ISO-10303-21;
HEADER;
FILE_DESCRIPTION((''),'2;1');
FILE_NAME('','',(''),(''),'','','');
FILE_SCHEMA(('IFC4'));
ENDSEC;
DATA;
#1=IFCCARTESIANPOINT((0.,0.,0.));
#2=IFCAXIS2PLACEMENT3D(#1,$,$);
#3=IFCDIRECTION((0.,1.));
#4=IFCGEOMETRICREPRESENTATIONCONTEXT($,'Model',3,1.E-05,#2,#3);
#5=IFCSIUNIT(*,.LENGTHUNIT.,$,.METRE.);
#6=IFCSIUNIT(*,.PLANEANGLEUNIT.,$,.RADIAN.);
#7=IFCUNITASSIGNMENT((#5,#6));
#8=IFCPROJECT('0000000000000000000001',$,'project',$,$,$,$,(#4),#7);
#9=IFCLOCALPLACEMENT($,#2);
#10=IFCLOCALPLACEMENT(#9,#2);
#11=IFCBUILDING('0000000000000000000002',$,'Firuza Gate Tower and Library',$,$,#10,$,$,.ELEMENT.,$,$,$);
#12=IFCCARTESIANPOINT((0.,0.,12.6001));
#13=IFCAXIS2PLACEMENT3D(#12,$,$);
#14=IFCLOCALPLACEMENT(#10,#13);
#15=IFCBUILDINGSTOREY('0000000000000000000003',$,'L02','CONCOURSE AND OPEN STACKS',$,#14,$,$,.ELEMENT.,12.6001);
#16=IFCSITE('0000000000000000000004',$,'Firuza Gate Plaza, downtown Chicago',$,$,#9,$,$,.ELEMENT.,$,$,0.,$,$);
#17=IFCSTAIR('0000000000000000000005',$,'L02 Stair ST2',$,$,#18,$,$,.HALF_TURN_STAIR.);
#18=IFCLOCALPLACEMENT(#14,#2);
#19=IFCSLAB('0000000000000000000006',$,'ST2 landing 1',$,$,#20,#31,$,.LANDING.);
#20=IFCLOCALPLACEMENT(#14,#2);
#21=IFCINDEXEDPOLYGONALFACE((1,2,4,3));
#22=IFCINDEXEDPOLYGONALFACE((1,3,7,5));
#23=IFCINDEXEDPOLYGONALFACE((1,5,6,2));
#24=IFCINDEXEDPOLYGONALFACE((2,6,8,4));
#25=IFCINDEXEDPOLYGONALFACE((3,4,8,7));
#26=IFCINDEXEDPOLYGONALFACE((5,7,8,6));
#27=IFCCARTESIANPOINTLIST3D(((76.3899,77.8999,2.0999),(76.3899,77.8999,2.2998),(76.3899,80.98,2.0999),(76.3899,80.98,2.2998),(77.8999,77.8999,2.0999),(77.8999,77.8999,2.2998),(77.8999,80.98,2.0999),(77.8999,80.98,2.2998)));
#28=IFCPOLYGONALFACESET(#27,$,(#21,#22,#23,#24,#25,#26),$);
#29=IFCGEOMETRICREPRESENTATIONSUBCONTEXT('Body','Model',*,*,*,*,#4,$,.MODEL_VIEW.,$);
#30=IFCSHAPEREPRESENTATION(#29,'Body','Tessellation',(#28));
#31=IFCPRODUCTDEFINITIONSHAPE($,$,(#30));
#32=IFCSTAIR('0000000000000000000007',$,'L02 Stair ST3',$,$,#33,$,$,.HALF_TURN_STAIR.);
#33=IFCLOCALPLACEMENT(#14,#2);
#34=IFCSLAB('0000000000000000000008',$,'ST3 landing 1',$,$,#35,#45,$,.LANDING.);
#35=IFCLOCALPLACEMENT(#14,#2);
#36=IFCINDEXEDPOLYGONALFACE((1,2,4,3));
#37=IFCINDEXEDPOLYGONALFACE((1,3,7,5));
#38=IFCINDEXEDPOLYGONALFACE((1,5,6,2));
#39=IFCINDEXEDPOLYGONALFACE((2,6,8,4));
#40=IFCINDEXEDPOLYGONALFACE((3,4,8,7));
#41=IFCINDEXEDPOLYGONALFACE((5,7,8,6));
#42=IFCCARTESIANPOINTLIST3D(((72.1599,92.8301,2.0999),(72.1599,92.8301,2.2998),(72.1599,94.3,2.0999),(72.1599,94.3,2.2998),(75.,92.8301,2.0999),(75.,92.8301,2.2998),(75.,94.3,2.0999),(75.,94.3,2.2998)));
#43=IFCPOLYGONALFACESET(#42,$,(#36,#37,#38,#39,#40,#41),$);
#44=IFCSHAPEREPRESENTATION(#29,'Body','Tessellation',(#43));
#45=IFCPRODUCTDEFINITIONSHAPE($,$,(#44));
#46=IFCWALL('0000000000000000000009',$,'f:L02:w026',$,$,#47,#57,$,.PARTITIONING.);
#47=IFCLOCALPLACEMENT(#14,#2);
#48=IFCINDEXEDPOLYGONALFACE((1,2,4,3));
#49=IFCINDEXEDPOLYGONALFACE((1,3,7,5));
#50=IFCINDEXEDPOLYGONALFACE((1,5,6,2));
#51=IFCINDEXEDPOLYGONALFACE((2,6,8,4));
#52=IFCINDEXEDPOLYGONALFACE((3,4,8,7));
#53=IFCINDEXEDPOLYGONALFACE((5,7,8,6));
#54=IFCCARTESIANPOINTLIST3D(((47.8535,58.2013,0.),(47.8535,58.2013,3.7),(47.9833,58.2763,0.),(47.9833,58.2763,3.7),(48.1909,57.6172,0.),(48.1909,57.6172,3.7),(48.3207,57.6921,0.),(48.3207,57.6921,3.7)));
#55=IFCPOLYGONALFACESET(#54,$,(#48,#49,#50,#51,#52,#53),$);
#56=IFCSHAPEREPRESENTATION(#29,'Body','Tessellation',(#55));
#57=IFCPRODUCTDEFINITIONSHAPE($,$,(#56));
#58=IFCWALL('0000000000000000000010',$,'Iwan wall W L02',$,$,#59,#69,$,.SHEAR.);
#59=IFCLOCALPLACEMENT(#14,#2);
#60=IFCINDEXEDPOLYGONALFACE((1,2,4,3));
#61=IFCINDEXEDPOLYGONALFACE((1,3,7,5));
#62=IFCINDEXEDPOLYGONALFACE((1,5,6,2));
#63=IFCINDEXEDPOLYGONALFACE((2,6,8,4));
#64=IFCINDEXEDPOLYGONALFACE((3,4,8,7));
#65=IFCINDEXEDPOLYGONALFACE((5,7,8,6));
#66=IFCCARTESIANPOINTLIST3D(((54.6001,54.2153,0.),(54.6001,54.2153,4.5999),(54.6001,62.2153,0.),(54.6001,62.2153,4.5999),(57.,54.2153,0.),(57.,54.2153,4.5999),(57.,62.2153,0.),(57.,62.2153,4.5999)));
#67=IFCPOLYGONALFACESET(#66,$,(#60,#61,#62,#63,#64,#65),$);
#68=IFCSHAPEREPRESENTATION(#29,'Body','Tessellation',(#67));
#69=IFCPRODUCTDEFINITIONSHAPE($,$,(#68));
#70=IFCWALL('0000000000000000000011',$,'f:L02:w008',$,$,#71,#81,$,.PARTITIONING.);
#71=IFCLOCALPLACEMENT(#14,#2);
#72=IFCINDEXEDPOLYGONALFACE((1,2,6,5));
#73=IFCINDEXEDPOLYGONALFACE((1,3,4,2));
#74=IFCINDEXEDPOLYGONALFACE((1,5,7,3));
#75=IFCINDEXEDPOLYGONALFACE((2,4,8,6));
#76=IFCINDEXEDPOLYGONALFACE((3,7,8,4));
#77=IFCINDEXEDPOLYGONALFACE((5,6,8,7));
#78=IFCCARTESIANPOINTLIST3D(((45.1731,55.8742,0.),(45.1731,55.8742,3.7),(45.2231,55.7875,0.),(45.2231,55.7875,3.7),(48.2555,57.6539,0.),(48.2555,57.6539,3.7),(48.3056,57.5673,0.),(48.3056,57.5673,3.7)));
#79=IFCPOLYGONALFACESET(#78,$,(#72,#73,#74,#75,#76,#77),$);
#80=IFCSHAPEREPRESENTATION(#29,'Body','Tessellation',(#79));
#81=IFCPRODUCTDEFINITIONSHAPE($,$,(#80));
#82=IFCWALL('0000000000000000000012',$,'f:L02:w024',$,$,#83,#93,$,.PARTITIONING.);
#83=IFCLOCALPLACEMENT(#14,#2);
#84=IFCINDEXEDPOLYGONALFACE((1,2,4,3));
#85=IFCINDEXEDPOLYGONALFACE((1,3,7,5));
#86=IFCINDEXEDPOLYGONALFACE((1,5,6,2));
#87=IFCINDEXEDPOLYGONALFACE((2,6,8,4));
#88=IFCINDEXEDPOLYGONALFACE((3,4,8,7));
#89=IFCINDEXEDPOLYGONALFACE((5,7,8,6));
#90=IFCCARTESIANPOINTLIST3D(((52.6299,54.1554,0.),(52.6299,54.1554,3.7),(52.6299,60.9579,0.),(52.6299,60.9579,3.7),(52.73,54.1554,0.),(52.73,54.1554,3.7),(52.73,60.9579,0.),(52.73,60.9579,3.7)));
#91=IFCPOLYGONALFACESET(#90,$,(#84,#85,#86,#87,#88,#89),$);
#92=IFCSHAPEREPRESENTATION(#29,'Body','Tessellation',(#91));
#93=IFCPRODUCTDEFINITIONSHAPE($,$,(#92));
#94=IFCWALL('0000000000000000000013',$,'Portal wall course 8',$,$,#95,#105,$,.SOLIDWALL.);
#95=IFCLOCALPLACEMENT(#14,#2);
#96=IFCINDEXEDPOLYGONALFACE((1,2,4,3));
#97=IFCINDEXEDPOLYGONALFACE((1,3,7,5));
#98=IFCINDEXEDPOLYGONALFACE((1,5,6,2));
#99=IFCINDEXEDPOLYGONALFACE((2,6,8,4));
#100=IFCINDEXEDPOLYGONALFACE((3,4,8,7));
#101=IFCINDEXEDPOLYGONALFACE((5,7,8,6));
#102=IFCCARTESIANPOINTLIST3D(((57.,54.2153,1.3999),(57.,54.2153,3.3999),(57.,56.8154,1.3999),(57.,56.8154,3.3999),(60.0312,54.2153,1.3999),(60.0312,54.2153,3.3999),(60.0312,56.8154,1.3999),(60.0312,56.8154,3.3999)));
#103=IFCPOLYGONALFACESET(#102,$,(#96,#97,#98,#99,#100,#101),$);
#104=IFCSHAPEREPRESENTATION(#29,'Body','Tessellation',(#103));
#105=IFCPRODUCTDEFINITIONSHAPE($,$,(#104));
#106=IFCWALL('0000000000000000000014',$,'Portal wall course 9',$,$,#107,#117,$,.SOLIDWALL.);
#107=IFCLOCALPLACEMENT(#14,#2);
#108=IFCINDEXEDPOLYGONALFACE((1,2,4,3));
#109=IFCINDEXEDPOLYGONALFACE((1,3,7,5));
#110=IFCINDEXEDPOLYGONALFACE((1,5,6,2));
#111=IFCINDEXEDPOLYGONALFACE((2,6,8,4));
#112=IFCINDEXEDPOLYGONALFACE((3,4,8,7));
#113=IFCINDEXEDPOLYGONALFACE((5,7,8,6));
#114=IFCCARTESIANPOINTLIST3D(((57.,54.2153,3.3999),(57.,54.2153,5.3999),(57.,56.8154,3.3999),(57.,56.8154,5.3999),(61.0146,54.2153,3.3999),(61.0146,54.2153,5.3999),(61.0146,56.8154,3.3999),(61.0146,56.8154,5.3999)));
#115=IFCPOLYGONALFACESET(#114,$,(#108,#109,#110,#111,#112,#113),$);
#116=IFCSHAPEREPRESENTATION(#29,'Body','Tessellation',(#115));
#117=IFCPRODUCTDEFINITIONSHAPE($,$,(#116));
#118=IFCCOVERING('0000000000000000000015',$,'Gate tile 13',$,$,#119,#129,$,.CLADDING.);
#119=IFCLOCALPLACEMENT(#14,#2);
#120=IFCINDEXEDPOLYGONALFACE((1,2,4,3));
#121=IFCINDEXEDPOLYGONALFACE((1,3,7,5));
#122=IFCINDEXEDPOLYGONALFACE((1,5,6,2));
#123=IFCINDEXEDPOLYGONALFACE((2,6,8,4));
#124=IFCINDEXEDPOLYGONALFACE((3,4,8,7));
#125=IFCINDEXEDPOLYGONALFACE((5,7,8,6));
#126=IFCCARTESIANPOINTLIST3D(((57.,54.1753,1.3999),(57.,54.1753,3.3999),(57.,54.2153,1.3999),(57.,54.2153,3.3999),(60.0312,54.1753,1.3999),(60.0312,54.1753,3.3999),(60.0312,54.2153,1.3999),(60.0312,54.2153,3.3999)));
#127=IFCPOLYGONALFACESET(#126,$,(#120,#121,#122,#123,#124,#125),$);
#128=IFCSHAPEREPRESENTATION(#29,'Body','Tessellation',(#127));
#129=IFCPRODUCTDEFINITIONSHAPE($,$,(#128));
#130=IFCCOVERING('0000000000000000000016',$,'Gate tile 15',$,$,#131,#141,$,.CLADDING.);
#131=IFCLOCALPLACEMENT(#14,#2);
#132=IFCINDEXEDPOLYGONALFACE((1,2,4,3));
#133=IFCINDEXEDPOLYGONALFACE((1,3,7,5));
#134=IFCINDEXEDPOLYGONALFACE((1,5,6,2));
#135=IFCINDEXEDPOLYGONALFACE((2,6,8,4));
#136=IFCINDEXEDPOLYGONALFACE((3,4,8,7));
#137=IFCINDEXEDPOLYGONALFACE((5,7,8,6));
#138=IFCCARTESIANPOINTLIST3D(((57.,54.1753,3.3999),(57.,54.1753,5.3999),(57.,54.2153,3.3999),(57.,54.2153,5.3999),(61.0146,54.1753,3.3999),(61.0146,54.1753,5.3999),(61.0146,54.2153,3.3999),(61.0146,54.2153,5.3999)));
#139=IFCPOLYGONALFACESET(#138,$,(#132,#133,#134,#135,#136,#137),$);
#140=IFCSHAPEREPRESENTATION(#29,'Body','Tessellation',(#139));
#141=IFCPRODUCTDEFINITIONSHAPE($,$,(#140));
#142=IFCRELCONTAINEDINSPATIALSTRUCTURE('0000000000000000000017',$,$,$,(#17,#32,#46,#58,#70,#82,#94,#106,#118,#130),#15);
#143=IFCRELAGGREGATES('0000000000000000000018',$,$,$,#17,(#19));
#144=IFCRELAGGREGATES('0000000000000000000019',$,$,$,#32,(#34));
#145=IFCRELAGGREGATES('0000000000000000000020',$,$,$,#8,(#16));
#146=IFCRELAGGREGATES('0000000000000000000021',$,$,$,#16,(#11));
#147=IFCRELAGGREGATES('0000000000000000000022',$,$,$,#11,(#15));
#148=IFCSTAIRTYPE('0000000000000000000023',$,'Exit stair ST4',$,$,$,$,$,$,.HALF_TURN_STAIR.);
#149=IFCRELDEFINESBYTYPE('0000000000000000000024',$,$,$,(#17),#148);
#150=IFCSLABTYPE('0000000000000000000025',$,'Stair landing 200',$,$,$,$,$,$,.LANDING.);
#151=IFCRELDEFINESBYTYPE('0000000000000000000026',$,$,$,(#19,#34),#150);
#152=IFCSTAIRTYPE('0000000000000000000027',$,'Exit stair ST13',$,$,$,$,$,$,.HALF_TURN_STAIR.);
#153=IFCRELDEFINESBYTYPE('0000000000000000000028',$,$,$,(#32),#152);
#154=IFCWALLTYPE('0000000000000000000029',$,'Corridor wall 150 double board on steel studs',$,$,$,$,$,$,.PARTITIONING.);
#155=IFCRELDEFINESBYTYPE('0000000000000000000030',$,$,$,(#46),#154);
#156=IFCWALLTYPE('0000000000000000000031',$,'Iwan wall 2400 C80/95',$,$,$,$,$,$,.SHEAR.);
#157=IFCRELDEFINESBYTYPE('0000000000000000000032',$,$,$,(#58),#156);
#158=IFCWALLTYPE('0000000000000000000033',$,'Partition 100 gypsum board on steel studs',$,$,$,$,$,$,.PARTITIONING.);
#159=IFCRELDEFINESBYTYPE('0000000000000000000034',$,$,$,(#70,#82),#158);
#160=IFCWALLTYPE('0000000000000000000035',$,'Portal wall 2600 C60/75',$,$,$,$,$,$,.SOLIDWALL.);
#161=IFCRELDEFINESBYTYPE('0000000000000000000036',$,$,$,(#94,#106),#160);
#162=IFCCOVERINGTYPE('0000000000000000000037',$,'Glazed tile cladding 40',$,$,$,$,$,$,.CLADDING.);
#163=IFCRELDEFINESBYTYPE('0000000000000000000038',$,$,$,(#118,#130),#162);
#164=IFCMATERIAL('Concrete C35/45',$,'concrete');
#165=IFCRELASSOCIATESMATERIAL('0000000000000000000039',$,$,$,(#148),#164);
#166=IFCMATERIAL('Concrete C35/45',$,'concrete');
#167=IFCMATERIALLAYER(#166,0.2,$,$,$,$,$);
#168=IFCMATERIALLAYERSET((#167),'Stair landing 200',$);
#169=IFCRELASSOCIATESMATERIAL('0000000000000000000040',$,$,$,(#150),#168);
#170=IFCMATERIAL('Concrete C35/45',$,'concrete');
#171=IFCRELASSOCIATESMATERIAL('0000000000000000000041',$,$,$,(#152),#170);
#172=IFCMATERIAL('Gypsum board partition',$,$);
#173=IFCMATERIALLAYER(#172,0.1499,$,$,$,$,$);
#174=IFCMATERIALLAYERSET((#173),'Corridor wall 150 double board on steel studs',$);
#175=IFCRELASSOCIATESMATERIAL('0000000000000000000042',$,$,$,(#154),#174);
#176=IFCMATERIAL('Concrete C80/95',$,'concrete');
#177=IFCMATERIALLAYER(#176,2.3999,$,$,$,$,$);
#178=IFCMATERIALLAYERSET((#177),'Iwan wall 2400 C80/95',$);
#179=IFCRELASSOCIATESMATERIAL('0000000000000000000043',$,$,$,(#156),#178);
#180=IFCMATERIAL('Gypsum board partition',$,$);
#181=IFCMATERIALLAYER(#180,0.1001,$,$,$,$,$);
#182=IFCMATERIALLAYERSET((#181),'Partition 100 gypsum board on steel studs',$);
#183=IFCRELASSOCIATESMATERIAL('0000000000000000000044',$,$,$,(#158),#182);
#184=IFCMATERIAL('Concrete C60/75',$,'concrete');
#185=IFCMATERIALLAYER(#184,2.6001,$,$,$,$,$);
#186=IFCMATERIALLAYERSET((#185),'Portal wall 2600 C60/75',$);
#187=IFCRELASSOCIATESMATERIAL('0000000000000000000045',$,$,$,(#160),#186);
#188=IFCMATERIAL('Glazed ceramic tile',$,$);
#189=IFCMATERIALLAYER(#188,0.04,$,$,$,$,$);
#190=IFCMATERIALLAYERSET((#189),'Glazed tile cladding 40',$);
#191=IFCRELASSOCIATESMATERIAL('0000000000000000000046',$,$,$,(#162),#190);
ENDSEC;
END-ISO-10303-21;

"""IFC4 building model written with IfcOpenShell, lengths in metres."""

from ifc_helpers import new_model, si_unit, direction, frame, frame_2d, origin, place, context, subcontext, project, spatial, polyline, rectangle, outline, extrude, material, layer, layer_set, type_object, element, aggregate, save


model = new_model("IFC4")

# Units and contexts
model_context = context("Model", 3, precision=1e-05, world=origin(), true_north=direction((0.0, 1.0)))
body_context = subcontext(model_context, "Body", "Model", "MODEL_VIEW")
ifc_project = project(units=[si_unit("LENGTHUNIT", "METRE"), si_unit("PLANEANGLEUNIT", "RADIAN")], contexts=[model_context])

# Site, building, storey
site_placement = place(None, origin())
site = spatial("IfcSite", under=ifc_project, at=site_placement, Name="Firuza Gate Plaza, downtown Chicago", CompositionType="ELEMENT", RefElevation=0.0)
building_placement = place(site_placement, origin())
building = spatial("IfcBuilding", under=site, at=building_placement, Name="Firuza Gate Tower and Library", CompositionType="ELEMENT")
storey_placement = place(building_placement, frame((0.0, 0.0, 12.6001)))
storey = spatial("IfcBuildingStorey", under=building, at=storey_placement, Name="L02", Description="CONCOURSE AND OPEN STACKS", CompositionType="ELEMENT", Elevation=12.6001)

# Shared definitions
placement_1 = place(storey_placement, origin())

# Stairs, slabs
placement_2 = place(storey_placement, frame((0.0, 0.0, 2.0999)))
ifc_material_1 = material(Name="Concrete C35/45", Category="concrete")
stair_type_1 = type_object("IfcStairType", Name="Exit stair ST4", PredefinedType="HALF_TURN_STAIR", material=ifc_material_1)
ifc_material_2 = material(Name="Concrete C35/45", Category="concrete")
ifc_layer_1 = layer(ifc_material_2, 0.2)
ifc_layer_set_1 = layer_set([ifc_layer_1], Name="Stair landing 200")
slab_type_1 = type_object("IfcSlabType", Name="Stair landing 200", PredefinedType="LANDING", material=ifc_layer_set_1)
stair_1 = element("IfcStair", 1, at=placement_1, inside=storey, type_object=stair_type_1, Name="L02 Stair ST2", PredefinedType="HALF_TURN_STAIR")
slab_1 = element("IfcSlab", 2, at=placement_2, type_object=slab_type_1, Name="ST2 landing 1", PredefinedType="LANDING", context=body_context, shape_type="SweptSolid", body=[
    extrude(outline(polyline([(77.8999, 80.98), (76.3899, 80.98), (76.3899, 77.8999), (77.8999, 77.8999), (77.8999, 80.98)])), origin(), (0.0, 0.0, 1.0), 0.2),
])
aggregate(stair_1, [slab_1])
ifc_material_3 = material(Name="Concrete C35/45", Category="concrete")
stair_type_2 = type_object("IfcStairType", Name="Exit stair ST13", PredefinedType="HALF_TURN_STAIR", material=ifc_material_3)
stair_2 = element("IfcStair", 3, at=placement_1, inside=storey, type_object=stair_type_2, Name="L02 Stair ST3", PredefinedType="HALF_TURN_STAIR")
slab_2 = element("IfcSlab", 4, at=placement_2, type_object=slab_type_1, Name="ST3 landing 1", PredefinedType="LANDING", context=body_context, shape_type="SweptSolid", body=[
    extrude(outline(polyline([(75.0, 92.8301), (75.0, 94.3), (72.1599, 94.3), (72.1599, 92.8301), (75.0, 92.8301)])), origin(), (0.0, 0.0, 1.0), 0.2),
])
aggregate(stair_2, [slab_2])

# Walls
ifc_material_4 = material(Name="Gypsum board partition")
ifc_layer_2 = layer(ifc_material_4, 0.1499)
ifc_layer_set_2 = layer_set([ifc_layer_2], Name="Corridor wall 150 double board on steel studs")
wall_type_1 = type_object("IfcWallType", Name="Corridor wall 150 double board on steel studs", PredefinedType="PARTITIONING", material=ifc_layer_set_2)
wall_1_placement = place(storey_placement, frame((48.2559, 57.6545, 0.0), z_axis=(0.0, 0.0, 1.0), x_axis=(-0.500109, 0.865963, 0.0)))
element("IfcWall", 5, at=wall_1_placement, inside=storey, type_object=wall_type_1, Name="f:L02:w026", PredefinedType="PARTITIONING", context=body_context, shape_type="SweptSolid", body=[
    extrude(rectangle(XDim=0.6746, YDim=0.1499, at=frame_2d((0.3374, 0.0))), origin(), (0.0, 0.0, 1.0), 3.7),
])
ifc_material_5 = material(Name="Concrete C80/95", Category="concrete")
ifc_layer_3 = layer(ifc_material_5, 2.3999)
ifc_layer_set_3 = layer_set([ifc_layer_3], Name="Iwan wall 2400 C80/95")
wall_type_2 = type_object("IfcWallType", Name="Iwan wall 2400 C80/95", PredefinedType="SHEAR", material=ifc_layer_set_3)
wall_2_placement = place(storey_placement, frame((55.8, 54.2153, 0.0), z_axis=(0.0, 0.0, 1.0), x_axis=(0.0, 1.0, 0.0)))
element("IfcWall", 6, at=wall_2_placement, inside=storey, type_object=wall_type_2, Name="Iwan wall W L02", PredefinedType="SHEAR", context=body_context, shape_type="SweptSolid", body=[
    extrude(rectangle(XDim=8.0, YDim=2.3999, at=frame_2d((4.0, 0.0))), origin(), (0.0, 0.0, 1.0), 4.5999),
])
ifc_material_6 = material(Name="Gypsum board partition")
ifc_layer_4 = layer(ifc_material_6, 0.1001)
ifc_layer_set_4 = layer_set([ifc_layer_4], Name="Partition 100 gypsum board on steel studs")
wall_type_3 = type_object("IfcWallType", Name="Partition 100 gypsum board on steel studs", PredefinedType="PARTITIONING", material=ifc_layer_set_4)
wall_3_placement = place(storey_placement, frame((45.198, 55.8308, 0.0), z_axis=(0.0, 0.0, 1.0), x_axis=(0.866014, 0.500019, 0.0)))
element("IfcWall", 7, at=wall_3_placement, inside=storey, type_object=wall_type_3, Name="f:L02:w008", PredefinedType="PARTITIONING", context=body_context, shape_type="SweptSolid", body=[
    extrude(rectangle(XDim=3.5593, YDim=0.1001, at=frame_2d((1.7798, 0.0))), origin(), (0.0, 0.0, 1.0), 3.7),
])
wall_4_placement = place(storey_placement, frame((52.6799, 54.1553, 0.0), z_axis=(0.0, 0.0, 1.0), x_axis=(0.0, 1.0, 0.0)))
element("IfcWall", 8, at=wall_4_placement, inside=storey, type_object=wall_type_3, Name="f:L02:w024", PredefinedType="PARTITIONING", context=body_context, shape_type="SweptSolid", body=[
    extrude(rectangle(XDim=6.8025, YDim=0.1001, at=frame_2d((3.4014, 0.0))), origin(), (0.0, 0.0, 1.0), 3.7),
])
ifc_material_7 = material(Name="Concrete C60/75", Category="concrete")
ifc_layer_5 = layer(ifc_material_7, 2.6001)
ifc_layer_set_5 = layer_set([ifc_layer_5], Name="Portal wall 2600 C60/75")
wall_type_4 = type_object("IfcWallType", Name="Portal wall 2600 C60/75", PredefinedType="SOLIDWALL", material=ifc_layer_set_5)
wall_5_placement = place(storey_placement, frame((57.0, 55.5154, 1.3999), z_axis=(0.0, 0.0, 1.0), x_axis=(1.0, 0.0, 0.0)))
element("IfcWall", 9, at=wall_5_placement, inside=storey, type_object=wall_type_4, Name="Portal wall course 8", PredefinedType="SOLIDWALL", context=body_context, shape_type="SweptSolid", body=[
    extrude(rectangle(XDim=3.0312, YDim=2.6001, at=frame_2d((1.5156, 0.0))), origin(), (0.0, 0.0, 1.0), 2.0),
])
wall_6_placement = place(storey_placement, frame((57.0, 55.5154, 3.3999), z_axis=(0.0, 0.0, 1.0), x_axis=(1.0, 0.0, 0.0)))
element("IfcWall", 10, at=wall_6_placement, inside=storey, type_object=wall_type_4, Name="Portal wall course 9", PredefinedType="SOLIDWALL", context=body_context, shape_type="SweptSolid", body=[
    extrude(rectangle(XDim=4.0146, YDim=2.6001, at=frame_2d((2.0073, 0.0))), origin(), (0.0, 0.0, 1.0), 2.0),
])

# Coverings
ifc_material_8 = material(Name="Glazed ceramic tile")
ifc_layer_6 = layer(ifc_material_8, 0.04)
ifc_layer_set_6 = layer_set([ifc_layer_6], Name="Glazed tile cladding 40")
covering_type = type_object("IfcCoveringType", Name="Glazed tile cladding 40", PredefinedType="CLADDING", material=ifc_layer_set_6)
covering_1_placement = place(storey_placement, frame((57.0, 54.1753, 1.3999), z_axis=(0.0, -1.0, 0.0), x_axis=(1.0, 0.0, 0.0)))
element("IfcCovering", 11, at=covering_1_placement, inside=storey, type_object=covering_type, Name="Gate tile 13", PredefinedType="CLADDING", context=body_context, shape_type="SweptSolid", body=[
    extrude(outline(polyline([(0.0, 0.0), (3.0312, 0.0), (3.0312, 2.0), (0.0, 2.0), (0.0, 0.0)])), origin(), (0.0, 0.0, -1.0), 0.04),
])
covering_2_placement = place(storey_placement, frame((57.0, 54.1753, 3.3999), z_axis=(0.0, -1.0, 0.0), x_axis=(1.0, 0.0, 0.0)))
element("IfcCovering", 12, at=covering_2_placement, inside=storey, type_object=covering_type, Name="Gate tile 15", PredefinedType="CLADDING", context=body_context, shape_type="SweptSolid", body=[
    extrude(outline(polyline([(0.0, 0.0), (4.0146, 0.0), (4.0146, 2.0), (0.0, 2.0), (0.0, 0.0)])), origin(), (0.0, 0.0, -1.0), 0.04),
])

save(model, "model.ifc")
